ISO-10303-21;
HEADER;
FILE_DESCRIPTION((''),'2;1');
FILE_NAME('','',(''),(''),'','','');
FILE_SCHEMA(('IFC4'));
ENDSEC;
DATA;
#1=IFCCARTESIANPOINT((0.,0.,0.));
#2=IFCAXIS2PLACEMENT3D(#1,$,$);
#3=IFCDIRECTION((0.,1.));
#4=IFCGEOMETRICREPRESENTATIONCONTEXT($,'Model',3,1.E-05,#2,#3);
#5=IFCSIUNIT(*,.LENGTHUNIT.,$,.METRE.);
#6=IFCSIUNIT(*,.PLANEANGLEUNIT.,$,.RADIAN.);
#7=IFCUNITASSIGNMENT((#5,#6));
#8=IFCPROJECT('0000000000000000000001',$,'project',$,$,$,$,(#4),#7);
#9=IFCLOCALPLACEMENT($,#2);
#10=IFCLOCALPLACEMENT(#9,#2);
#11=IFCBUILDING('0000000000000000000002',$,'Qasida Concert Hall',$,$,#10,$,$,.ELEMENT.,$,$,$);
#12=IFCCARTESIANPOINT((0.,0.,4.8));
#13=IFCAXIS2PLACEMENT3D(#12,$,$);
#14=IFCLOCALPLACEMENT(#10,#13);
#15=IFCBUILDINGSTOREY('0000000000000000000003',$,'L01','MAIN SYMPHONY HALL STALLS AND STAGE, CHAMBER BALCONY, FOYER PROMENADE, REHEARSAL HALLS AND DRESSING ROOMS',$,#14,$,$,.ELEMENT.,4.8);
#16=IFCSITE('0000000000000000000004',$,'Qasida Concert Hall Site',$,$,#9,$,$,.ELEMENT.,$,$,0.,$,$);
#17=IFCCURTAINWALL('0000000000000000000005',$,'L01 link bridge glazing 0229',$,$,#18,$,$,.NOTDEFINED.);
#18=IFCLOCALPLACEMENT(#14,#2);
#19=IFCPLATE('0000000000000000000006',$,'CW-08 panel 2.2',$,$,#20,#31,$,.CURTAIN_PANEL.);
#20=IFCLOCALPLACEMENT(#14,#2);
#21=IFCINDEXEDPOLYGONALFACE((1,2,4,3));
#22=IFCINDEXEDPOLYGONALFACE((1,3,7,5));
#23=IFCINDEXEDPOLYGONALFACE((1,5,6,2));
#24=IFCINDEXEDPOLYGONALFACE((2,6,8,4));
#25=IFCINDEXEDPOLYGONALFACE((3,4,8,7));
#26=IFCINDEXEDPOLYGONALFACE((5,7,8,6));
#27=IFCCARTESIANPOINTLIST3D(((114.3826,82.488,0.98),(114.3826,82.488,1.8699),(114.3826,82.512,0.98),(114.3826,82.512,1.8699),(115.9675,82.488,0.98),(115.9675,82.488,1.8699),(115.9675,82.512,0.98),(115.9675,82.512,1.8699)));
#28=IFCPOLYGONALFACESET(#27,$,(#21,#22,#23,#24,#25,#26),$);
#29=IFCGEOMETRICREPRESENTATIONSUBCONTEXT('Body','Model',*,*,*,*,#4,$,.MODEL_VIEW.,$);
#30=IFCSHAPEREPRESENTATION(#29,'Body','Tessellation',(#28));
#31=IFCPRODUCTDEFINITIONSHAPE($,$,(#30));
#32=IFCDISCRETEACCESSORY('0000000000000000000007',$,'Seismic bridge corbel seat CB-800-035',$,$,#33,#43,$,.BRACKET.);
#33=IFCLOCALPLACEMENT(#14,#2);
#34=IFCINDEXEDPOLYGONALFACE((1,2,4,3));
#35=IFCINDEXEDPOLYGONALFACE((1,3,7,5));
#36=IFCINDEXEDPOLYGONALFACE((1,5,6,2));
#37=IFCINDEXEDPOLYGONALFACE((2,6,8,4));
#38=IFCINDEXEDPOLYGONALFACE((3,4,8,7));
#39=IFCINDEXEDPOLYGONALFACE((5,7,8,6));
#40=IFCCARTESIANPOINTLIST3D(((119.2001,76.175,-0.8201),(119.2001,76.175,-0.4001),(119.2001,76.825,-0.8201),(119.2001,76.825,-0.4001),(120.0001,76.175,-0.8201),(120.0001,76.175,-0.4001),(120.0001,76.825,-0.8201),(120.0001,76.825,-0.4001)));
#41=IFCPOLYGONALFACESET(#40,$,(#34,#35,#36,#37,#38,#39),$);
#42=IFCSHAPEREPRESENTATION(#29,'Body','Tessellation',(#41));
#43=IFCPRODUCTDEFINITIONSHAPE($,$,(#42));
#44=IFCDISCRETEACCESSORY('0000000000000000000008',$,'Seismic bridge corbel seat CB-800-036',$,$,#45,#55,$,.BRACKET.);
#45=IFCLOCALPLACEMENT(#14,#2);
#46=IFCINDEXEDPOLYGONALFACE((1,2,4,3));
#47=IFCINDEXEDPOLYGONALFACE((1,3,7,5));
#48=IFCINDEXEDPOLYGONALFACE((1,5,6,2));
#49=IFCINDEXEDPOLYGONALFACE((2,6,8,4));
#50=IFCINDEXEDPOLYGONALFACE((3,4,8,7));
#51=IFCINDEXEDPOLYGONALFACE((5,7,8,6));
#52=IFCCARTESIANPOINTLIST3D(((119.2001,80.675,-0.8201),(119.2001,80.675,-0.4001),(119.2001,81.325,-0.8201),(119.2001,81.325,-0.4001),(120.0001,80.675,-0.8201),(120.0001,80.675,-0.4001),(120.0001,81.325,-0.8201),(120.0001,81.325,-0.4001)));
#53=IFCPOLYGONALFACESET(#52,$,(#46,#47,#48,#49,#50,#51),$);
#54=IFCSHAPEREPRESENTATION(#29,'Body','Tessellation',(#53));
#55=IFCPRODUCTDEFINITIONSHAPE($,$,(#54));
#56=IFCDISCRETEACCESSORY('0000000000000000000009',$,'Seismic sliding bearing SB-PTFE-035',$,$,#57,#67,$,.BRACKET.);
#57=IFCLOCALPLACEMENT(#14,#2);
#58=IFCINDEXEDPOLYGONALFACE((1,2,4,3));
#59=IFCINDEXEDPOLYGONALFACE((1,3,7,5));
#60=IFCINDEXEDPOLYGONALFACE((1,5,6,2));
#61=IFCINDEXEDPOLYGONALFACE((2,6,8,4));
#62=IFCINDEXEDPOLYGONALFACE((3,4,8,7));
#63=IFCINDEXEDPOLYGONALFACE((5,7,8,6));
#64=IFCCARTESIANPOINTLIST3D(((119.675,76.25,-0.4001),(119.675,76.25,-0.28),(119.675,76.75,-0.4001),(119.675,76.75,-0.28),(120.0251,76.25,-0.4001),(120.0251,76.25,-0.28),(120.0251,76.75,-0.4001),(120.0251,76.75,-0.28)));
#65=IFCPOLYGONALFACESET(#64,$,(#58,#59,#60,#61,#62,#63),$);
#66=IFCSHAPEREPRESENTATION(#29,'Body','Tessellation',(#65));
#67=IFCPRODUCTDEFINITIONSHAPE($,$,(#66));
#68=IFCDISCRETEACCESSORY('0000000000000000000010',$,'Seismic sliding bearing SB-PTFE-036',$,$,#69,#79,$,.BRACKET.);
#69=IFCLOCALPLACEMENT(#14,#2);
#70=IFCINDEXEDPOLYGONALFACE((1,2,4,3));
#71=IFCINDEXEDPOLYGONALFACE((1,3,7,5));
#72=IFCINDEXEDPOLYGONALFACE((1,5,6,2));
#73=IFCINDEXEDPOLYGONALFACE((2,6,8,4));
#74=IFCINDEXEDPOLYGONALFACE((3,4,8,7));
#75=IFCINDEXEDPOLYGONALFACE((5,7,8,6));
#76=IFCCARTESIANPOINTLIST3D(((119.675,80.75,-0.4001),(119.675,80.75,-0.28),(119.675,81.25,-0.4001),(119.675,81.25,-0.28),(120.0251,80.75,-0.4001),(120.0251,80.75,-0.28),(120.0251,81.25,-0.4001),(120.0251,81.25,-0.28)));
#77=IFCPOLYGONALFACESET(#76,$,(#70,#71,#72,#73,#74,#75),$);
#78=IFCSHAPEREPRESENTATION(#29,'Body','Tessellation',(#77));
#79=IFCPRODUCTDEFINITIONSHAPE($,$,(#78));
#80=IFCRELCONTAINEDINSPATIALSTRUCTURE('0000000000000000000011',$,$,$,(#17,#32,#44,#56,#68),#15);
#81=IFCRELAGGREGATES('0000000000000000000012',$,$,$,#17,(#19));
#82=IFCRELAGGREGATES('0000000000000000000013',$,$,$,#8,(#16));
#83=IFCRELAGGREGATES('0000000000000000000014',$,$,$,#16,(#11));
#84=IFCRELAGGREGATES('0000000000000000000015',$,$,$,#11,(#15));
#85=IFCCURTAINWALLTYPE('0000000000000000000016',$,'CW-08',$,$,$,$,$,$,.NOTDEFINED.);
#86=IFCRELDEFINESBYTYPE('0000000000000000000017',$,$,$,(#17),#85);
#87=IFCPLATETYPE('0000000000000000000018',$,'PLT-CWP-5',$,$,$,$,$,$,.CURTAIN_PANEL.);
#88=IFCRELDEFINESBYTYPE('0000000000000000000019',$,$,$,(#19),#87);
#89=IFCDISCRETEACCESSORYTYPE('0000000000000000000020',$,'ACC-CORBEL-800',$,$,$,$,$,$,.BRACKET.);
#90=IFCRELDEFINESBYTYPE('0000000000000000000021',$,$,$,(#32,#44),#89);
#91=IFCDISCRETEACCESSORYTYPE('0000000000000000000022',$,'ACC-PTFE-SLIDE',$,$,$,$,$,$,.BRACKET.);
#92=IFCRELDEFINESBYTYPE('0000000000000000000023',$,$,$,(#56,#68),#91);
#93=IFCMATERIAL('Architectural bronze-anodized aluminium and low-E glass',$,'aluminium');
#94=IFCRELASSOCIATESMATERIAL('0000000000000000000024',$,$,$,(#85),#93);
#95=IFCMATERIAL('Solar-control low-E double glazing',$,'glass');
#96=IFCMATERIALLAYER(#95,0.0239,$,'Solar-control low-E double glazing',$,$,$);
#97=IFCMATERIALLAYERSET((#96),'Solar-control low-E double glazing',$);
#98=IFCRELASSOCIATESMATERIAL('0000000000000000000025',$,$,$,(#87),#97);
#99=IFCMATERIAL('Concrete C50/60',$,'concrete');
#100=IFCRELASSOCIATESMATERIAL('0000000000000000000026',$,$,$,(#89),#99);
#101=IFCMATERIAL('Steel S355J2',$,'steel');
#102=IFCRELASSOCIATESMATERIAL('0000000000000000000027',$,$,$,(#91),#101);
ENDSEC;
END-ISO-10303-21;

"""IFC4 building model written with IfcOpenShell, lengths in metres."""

from ifc_helpers import new_model, si_unit, direction, frame, origin, origin_2d, place, context, subcontext, project, spatial, rectangle, extrude, material, layer, layer_set, type_object, element, aggregate, save


model = new_model("IFC4")

# Units and contexts
model_context = context("Model", 3, precision=1e-05, world=origin(), true_north=direction((0.0, 1.0)))
body_context = subcontext(model_context, "Body", "Model", "MODEL_VIEW")
ifc_project = project(units=[si_unit("LENGTHUNIT", "METRE"), si_unit("PLANEANGLEUNIT", "RADIAN")], contexts=[model_context])

# Site, building, storey
site_placement = place(None, origin())
site = spatial("IfcSite", under=ifc_project, at=site_placement, Name="Qasida Concert Hall Site", CompositionType="ELEMENT", RefElevation=0.0)
building_placement = place(site_placement, origin())
building = spatial("IfcBuilding", under=site, at=building_placement, Name="Qasida Concert Hall", CompositionType="ELEMENT")
storey_placement = place(building_placement, frame((0.0, 0.0, 4.8)))
storey = spatial("IfcBuildingStorey", under=building, at=storey_placement, Name="L01", Description="MAIN SYMPHONY HALL STALLS AND STAGE, CHAMBER BALCONY, FOYER PROMENADE, REHEARSAL HALLS AND DRESSING ROOMS", CompositionType="ELEMENT", Elevation=4.8)

# Shared definitions
ifc_material_1 = material(Name="Concrete C50/60", Category="concrete")

# Shared definitions
ifc_material_2 = material(Name="Steel S355J2", Category="steel")

# Shared definitions
ifc_material_3 = material(Name="Architectural bronze-anodized aluminium and low-E glass", Category="aluminium")
curtain_wall_type_1 = type_object("IfcCurtainWallType", Name="CW-08", PredefinedType="NOTDEFINED", material=ifc_material_3)

# Curtain wall
curtain_wall_1_placement = place(storey_placement, origin())
curtain_wall_1 = element("IfcCurtainWall", 1, at=curtain_wall_1_placement, inside=storey, type_object=curtain_wall_type_1, Name="L01 link bridge glazing 0229", PredefinedType="NOTDEFINED")

# Plate
ifc_material_4 = material(Name="Solar-control low-E double glazing", Category="glass")
ifc_layer = layer(ifc_material_4, 0.0239, Name="Solar-control low-E double glazing")
ifc_layer_set = layer_set([ifc_layer], Name="Solar-control low-E double glazing")
plate_type = type_object("IfcPlateType", Name="PLT-CWP-5", PredefinedType="CURTAIN_PANEL", material=ifc_layer_set)
plate_1_placement = place(storey_placement, frame((115.175, 82.5, 0.98), z_axis=(0.0, 0.0, 1.0), x_axis=(1.0, 0.0, 0.0)))
plate_1 = element("IfcPlate", 2, at=plate_1_placement, type_object=plate_type, Name="CW-08 panel 2.2", PredefinedType="CURTAIN_PANEL", context=body_context, shape_type="SweptSolid", body=[
    extrude(rectangle(XDim=1.585, YDim=0.0239, at=origin_2d()), origin(), (0.0, 0.0, 1.0), 0.8899),
])
aggregate(curtain_wall_1, [plate_1])

# Discrete accessories
discrete_accessory_type_1 = type_object("IfcDiscreteAccessoryType", Name="ACC-CORBEL-800", PredefinedType="BRACKET", material=ifc_material_1)
for number, where, z_axis, x_axis, name in (
    (3, (119.6001, 76.5, -0.8201), (0.0, 0.0, 1.0), (1.0, 0.0, 0.0), "Seismic bridge corbel seat CB-800-035"),
    (4, (119.6001, 81.0, -0.8201), (0.0, 0.0, 1.0), (1.0, 0.0, 0.0), "Seismic bridge corbel seat CB-800-036"),
):
    element("IfcDiscreteAccessory", number, at=place(storey_placement, frame(where, z_axis=z_axis, x_axis=x_axis)), inside=storey, type_object=discrete_accessory_type_1, Name=name, PredefinedType="BRACKET", context=body_context, shape_type="SweptSolid", body=[
        extrude(rectangle(XDim=0.8, YDim=0.6499, at=origin_2d()), origin(), (0.0, 0.0, 1.0), 0.4199),
    ])
discrete_accessory_type_2 = type_object("IfcDiscreteAccessoryType", Name="ACC-PTFE-SLIDE", PredefinedType="BRACKET", material=ifc_material_2)
for number, where, z_axis, x_axis, name in (
    (5, (119.8501, 76.5, -0.4001), (0.0, 0.0, 1.0), (1.0, 0.0, 0.0), "Seismic sliding bearing SB-PTFE-035"),
    (6, (119.8501, 81.0, -0.4001), (0.0, 0.0, 1.0), (1.0, 0.0, 0.0), "Seismic sliding bearing SB-PTFE-036"),
):
    element("IfcDiscreteAccessory", number, at=place(storey_placement, frame(where, z_axis=z_axis, x_axis=x_axis)), inside=storey, type_object=discrete_accessory_type_2, Name=name, PredefinedType="BRACKET", context=body_context, shape_type="SweptSolid", body=[
        extrude(rectangle(XDim=0.3501, YDim=0.5, at=origin_2d()), origin(), (0.0, 0.0, 1.0), 0.1201),
    ])

save(model, "model.ifc")
